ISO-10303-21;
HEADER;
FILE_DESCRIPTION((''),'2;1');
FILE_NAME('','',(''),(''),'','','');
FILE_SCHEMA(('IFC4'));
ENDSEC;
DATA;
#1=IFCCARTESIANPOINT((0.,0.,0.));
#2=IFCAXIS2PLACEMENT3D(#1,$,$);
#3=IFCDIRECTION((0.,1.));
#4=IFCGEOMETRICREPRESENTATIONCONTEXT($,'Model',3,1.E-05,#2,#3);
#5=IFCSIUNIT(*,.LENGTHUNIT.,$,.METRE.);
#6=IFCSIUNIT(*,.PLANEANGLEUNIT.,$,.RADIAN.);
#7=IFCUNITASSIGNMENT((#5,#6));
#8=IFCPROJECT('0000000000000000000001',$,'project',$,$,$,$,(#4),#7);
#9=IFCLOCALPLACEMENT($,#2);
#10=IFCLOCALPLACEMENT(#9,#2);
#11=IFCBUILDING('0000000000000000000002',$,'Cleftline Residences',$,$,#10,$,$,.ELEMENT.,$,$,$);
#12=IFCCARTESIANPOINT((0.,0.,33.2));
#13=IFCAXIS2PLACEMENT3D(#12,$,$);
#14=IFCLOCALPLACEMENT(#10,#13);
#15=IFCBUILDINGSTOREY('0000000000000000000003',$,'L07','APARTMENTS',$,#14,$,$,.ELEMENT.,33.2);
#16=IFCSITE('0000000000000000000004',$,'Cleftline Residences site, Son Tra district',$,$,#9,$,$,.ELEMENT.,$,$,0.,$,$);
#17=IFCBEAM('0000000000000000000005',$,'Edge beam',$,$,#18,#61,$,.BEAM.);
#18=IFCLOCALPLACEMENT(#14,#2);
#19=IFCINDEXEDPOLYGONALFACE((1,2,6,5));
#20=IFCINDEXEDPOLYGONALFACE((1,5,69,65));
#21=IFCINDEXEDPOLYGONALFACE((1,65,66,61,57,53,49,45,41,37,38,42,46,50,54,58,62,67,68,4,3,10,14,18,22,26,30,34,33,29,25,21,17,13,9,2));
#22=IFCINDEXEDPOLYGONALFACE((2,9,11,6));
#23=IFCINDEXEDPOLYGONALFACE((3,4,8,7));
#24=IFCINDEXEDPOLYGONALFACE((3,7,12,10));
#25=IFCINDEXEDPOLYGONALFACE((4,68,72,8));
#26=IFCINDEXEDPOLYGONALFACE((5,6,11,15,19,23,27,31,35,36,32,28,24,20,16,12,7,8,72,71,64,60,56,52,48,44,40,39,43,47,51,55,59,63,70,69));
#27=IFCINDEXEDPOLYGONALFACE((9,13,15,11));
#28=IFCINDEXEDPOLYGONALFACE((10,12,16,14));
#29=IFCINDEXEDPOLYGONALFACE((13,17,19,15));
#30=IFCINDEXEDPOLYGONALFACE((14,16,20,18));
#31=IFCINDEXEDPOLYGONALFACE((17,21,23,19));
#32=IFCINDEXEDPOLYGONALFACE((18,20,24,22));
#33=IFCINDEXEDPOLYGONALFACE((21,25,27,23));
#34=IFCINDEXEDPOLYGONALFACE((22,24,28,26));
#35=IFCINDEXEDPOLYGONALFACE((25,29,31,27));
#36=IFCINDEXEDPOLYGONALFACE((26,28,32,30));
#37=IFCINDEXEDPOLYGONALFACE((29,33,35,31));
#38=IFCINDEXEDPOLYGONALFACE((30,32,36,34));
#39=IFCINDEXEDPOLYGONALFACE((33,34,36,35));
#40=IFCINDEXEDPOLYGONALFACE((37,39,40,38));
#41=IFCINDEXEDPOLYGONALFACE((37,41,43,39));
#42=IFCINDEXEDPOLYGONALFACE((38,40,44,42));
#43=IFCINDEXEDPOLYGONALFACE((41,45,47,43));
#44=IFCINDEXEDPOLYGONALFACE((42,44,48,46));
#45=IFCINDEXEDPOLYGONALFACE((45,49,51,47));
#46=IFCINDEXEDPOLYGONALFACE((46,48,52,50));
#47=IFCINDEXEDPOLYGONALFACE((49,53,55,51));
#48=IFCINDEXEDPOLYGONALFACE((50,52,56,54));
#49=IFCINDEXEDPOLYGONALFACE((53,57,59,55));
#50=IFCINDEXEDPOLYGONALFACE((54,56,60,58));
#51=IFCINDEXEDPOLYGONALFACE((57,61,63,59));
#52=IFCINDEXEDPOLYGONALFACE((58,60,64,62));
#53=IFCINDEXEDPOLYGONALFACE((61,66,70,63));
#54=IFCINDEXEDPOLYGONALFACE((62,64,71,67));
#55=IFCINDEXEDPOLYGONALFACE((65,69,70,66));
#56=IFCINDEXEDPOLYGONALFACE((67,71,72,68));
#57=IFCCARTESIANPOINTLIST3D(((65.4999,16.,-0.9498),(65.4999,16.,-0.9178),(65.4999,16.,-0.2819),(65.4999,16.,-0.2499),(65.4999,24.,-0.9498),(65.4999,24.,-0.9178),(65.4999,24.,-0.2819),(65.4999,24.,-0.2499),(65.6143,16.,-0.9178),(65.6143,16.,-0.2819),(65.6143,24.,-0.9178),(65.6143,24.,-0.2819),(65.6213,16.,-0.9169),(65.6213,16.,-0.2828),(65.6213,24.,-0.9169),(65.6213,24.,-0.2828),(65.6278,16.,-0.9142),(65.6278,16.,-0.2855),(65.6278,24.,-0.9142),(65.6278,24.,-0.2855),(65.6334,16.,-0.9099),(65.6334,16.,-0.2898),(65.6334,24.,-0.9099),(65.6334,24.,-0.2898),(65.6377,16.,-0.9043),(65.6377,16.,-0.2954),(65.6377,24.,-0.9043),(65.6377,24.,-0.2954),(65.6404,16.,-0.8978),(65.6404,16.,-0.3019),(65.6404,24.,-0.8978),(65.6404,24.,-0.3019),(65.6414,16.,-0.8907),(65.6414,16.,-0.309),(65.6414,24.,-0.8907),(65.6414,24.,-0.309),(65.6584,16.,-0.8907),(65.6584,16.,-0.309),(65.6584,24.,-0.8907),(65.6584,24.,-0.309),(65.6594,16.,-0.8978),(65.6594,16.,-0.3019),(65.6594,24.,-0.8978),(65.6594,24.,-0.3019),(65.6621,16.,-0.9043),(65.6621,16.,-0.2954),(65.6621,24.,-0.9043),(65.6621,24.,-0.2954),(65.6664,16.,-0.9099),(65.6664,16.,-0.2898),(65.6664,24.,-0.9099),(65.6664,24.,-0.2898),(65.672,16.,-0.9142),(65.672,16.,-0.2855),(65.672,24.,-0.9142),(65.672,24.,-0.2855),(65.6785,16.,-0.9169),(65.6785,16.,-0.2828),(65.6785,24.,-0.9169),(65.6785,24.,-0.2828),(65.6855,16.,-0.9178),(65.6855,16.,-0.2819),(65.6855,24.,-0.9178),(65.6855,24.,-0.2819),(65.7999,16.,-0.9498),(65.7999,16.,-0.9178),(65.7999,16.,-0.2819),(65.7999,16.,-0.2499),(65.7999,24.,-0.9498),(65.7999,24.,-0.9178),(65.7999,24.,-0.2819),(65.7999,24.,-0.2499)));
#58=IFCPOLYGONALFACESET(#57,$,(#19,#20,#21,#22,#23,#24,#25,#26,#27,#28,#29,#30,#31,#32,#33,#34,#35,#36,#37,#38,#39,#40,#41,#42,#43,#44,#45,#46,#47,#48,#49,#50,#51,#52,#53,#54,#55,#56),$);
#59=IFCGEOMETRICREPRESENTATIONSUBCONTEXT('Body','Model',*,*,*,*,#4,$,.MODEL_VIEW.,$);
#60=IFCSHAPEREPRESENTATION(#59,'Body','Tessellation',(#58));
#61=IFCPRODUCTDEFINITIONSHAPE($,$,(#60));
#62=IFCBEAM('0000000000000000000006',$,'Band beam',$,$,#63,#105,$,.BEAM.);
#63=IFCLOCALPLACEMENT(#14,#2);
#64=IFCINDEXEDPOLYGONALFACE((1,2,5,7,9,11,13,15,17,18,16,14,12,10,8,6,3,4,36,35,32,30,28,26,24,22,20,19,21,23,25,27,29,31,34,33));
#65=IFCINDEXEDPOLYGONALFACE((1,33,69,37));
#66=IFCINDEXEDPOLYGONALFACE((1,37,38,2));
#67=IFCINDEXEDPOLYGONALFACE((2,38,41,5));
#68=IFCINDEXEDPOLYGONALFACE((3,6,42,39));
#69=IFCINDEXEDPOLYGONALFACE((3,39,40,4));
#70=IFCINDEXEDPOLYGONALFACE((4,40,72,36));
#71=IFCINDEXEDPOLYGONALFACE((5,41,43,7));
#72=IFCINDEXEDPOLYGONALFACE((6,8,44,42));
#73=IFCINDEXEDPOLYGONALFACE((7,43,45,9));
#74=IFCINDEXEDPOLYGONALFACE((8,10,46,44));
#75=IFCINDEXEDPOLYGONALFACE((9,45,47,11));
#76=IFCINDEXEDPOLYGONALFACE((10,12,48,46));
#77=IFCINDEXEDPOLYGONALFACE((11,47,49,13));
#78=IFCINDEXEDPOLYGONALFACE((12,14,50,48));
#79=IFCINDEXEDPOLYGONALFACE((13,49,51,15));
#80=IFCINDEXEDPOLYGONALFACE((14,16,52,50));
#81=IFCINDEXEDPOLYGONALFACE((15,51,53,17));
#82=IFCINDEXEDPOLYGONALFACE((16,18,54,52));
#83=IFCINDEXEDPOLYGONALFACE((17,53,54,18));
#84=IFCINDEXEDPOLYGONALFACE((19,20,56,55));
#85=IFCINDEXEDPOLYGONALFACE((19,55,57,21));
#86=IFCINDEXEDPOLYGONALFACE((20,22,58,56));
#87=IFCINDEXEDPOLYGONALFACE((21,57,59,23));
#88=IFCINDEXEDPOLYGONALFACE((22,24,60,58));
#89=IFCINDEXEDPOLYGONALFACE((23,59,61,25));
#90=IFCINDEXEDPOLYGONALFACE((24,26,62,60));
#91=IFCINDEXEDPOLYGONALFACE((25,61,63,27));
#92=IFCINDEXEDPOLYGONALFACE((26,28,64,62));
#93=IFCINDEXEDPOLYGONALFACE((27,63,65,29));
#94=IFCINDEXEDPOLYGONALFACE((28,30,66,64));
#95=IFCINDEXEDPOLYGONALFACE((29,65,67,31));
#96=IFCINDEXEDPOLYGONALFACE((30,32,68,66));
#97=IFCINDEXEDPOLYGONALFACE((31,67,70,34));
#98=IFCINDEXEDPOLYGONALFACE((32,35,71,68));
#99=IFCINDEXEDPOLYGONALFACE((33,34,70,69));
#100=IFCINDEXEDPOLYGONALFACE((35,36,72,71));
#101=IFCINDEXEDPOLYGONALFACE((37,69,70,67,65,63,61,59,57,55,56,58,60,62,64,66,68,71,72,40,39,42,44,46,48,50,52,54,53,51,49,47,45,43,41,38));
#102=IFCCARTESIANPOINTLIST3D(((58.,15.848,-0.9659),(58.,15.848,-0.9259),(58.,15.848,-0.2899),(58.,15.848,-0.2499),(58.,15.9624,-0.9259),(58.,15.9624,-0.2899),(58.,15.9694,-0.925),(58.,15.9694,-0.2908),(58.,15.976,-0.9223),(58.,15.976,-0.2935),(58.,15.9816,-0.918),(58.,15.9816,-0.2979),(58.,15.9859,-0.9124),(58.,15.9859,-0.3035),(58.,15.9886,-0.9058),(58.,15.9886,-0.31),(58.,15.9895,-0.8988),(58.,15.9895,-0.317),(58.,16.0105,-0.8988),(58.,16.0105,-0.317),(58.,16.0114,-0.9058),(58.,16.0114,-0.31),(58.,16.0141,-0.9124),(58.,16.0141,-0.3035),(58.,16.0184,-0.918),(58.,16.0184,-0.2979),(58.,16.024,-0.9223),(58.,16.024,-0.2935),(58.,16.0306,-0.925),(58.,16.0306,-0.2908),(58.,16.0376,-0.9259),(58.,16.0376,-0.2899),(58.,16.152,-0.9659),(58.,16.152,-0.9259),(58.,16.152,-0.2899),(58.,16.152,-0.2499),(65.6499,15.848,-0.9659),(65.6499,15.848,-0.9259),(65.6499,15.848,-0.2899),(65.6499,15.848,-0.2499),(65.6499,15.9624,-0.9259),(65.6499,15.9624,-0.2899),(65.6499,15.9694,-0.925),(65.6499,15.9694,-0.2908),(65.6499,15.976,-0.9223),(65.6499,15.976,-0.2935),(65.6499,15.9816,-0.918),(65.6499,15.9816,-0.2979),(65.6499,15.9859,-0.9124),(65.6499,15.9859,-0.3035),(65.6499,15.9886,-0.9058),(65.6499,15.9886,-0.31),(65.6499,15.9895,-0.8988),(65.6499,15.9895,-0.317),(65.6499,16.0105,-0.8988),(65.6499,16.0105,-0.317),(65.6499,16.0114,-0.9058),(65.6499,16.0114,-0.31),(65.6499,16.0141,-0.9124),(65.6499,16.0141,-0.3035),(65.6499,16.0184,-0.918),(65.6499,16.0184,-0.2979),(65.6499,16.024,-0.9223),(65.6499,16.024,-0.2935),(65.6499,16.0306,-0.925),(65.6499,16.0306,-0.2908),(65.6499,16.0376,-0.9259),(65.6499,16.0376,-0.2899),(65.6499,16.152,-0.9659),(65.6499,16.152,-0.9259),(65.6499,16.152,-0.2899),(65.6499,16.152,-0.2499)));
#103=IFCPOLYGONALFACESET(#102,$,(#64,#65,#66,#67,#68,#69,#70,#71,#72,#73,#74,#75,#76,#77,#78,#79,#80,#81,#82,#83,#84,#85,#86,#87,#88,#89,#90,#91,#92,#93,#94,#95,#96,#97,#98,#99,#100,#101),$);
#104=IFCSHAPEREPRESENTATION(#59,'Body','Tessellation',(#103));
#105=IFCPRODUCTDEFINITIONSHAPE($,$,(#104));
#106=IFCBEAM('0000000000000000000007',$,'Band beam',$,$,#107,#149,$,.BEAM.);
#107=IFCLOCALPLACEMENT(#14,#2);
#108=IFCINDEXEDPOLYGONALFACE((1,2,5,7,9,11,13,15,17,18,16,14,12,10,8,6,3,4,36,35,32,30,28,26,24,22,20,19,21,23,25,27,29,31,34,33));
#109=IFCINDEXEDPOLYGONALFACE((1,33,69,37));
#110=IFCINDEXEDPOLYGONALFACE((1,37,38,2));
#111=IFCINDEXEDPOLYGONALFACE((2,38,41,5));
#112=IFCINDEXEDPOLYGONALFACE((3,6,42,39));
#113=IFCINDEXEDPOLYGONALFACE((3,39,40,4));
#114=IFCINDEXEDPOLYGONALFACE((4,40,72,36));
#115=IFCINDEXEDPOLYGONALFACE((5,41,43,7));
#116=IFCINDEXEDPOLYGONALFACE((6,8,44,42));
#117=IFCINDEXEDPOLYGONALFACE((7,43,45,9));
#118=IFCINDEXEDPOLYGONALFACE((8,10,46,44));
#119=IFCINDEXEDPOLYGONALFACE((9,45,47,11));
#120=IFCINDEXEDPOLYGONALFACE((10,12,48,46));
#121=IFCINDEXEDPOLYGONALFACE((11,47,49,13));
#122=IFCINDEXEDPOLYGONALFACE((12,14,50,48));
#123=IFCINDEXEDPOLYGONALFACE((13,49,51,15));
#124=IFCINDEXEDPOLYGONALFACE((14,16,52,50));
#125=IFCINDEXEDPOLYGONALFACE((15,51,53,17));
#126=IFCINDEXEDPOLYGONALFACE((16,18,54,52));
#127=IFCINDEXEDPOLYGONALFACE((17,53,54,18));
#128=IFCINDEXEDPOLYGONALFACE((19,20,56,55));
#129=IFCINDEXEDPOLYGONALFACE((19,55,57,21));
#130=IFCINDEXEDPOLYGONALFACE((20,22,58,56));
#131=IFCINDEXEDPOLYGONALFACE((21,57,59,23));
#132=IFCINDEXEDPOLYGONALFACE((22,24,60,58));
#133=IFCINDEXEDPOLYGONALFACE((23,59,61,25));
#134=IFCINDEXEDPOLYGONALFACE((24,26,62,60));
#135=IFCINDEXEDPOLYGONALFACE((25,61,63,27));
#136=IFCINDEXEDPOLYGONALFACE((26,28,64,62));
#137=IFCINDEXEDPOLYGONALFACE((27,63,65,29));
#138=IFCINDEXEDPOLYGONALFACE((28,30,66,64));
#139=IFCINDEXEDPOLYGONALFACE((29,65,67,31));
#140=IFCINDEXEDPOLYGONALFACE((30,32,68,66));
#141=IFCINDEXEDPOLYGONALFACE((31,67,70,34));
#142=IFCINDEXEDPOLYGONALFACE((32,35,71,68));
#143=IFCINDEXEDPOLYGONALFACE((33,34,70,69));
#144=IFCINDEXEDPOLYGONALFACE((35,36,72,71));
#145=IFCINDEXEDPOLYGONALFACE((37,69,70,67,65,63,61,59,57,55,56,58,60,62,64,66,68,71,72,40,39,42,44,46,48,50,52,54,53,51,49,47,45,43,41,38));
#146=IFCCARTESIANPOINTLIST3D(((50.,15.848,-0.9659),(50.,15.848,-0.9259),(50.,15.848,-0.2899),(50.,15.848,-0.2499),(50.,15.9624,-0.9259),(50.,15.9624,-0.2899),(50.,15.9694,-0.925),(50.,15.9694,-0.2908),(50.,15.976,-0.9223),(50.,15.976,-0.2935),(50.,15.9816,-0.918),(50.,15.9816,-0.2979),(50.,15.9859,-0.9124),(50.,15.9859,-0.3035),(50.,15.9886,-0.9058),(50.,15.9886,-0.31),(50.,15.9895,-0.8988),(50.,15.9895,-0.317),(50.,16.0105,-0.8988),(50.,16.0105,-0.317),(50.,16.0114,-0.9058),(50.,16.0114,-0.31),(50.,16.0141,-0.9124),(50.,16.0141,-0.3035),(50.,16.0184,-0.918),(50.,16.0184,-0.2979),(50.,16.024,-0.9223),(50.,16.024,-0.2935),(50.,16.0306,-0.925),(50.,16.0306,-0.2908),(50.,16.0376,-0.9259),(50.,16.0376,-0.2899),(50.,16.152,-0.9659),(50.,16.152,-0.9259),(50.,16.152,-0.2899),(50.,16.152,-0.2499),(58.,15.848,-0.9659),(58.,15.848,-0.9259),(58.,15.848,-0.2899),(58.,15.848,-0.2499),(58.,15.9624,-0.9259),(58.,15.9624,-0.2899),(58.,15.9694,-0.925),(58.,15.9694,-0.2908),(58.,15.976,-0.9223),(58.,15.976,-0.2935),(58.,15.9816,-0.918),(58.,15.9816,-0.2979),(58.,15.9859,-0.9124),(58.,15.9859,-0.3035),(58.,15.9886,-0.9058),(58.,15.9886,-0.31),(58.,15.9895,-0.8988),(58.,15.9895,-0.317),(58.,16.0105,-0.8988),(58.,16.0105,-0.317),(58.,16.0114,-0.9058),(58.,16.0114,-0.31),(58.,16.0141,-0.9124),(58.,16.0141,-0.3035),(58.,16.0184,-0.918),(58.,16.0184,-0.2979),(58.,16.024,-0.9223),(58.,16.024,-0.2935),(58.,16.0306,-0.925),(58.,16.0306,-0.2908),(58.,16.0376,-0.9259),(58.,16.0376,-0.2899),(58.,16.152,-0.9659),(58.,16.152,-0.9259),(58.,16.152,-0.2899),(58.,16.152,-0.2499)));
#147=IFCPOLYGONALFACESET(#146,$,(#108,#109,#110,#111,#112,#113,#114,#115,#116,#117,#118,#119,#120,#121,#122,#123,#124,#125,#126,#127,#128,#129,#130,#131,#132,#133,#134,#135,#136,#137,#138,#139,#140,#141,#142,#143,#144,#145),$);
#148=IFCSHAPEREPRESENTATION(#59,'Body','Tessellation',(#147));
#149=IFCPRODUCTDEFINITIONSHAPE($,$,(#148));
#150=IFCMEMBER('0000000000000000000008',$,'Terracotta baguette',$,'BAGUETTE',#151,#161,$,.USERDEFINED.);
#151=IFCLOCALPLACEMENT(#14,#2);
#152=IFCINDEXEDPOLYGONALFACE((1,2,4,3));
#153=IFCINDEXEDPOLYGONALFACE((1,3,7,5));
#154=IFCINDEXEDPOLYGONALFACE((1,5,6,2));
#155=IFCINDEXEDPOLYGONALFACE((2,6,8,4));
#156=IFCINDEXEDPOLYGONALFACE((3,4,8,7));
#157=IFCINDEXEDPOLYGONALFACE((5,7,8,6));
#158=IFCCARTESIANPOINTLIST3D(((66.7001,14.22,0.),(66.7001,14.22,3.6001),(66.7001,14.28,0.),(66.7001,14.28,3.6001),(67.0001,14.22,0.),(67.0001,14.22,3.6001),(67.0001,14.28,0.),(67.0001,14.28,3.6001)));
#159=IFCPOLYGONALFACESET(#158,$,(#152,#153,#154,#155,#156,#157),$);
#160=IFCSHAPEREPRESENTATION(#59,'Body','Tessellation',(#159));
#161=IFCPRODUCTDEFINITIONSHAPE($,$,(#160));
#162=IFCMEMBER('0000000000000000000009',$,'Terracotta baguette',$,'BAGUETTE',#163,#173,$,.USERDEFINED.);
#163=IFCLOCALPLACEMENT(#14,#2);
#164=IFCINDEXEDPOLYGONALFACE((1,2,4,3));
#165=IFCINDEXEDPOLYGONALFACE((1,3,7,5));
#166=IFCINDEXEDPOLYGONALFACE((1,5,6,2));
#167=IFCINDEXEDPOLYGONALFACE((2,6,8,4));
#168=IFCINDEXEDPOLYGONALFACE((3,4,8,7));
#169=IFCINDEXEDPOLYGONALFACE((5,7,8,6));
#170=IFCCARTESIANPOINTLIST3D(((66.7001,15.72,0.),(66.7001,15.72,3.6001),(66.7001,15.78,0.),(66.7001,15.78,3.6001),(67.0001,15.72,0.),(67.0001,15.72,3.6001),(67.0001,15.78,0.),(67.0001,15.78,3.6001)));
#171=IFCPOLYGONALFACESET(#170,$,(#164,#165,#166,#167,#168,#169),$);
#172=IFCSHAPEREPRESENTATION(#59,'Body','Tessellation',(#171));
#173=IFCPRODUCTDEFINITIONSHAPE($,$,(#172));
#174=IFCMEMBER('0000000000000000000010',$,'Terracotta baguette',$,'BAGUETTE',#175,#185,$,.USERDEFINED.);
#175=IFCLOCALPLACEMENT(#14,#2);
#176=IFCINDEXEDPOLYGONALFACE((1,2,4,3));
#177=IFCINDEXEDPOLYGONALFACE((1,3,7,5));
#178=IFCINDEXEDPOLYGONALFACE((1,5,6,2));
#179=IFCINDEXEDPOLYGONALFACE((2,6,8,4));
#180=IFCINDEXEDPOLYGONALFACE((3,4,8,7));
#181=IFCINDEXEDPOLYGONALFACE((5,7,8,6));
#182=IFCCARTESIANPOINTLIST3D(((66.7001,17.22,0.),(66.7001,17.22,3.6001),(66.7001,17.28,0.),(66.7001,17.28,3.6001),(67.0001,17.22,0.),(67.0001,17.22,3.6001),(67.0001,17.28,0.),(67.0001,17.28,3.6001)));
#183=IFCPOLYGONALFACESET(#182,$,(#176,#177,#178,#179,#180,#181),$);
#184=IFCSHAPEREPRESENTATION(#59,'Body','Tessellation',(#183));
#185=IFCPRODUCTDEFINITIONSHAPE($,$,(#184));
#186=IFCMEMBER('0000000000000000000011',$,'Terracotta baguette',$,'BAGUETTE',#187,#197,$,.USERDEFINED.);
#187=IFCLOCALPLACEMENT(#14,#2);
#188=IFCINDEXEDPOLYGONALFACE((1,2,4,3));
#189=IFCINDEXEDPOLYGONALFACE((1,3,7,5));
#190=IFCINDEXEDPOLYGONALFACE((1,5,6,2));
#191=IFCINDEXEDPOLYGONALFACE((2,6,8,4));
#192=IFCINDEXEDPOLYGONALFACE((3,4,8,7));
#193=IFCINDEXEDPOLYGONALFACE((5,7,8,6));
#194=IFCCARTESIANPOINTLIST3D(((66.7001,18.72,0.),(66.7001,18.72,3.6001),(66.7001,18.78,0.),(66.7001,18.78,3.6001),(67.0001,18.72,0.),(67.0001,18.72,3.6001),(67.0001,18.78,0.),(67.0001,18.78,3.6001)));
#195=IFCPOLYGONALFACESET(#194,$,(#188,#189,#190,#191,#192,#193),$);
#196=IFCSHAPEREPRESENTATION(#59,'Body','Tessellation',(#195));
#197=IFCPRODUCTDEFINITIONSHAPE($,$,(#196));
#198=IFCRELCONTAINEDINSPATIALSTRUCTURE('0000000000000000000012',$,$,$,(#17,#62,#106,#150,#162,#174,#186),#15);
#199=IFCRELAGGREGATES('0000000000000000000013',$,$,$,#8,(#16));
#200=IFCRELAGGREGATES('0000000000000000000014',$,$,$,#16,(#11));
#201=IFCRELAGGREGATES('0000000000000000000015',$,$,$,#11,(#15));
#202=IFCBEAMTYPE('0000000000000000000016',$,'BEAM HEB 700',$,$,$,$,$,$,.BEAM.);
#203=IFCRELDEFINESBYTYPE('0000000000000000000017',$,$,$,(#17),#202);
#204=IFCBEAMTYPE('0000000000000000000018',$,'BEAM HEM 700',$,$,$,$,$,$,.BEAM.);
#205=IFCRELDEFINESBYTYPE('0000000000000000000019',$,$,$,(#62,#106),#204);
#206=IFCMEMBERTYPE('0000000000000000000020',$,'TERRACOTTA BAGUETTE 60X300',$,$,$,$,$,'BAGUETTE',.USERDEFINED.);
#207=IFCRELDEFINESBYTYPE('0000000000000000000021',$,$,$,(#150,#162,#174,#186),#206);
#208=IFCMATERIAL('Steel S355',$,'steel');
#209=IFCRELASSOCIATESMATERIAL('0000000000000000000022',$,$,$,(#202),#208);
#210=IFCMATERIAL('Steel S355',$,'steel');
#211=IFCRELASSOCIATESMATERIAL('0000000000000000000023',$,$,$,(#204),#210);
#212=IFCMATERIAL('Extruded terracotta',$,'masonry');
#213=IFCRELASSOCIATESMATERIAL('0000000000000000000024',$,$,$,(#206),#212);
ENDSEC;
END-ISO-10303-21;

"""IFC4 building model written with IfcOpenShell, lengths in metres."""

from ifc_helpers import new_model, si_unit, direction, frame, origin, origin_2d, place, context, subcontext, project, spatial, rectangle, i_section, extrude, material, material_profile, profile_set, type_object, element, save


model = new_model("IFC4")

# Units and contexts
model_context = context("Model", 3, precision=1e-05, world=origin(), true_north=direction((0.0, 1.0)))
body_context = subcontext(model_context, "Body", "Model", "MODEL_VIEW")
ifc_project = project(units=[si_unit("LENGTHUNIT", "METRE"), si_unit("PLANEANGLEUNIT", "RADIAN")], contexts=[model_context])

# Site, building, storey
site_placement = place(None, origin())
site = spatial("IfcSite", under=ifc_project, at=site_placement, Name="Cleftline Residences site, Son Tra district", CompositionType="ELEMENT", RefElevation=0.0)
building_placement = place(site_placement, origin())
building = spatial("IfcBuilding", under=site, at=building_placement, Name="Cleftline Residences", CompositionType="ELEMENT")
storey_placement = place(building_placement, frame((0.0, 0.0, 33.2)))
storey = spatial("IfcBuildingStorey", under=building, at=storey_placement, Name="L07", Description="APARTMENTS", CompositionType="ELEMENT", Elevation=33.2)

# Beams
ifc_material_1 = material(Name="Steel S355", Category="steel")
ifc_material_profile_1 = material_profile(ifc_material_1, i_section(OverallWidth=0.3, OverallDepth=0.7, WebThickness=0.0171, FlangeThickness=0.032, FilletRadius=0.0271, at=origin_2d()))
ifc_profile_set_1 = profile_set([ifc_material_profile_1], Name="Steel S355")
beam_type_1 = type_object("IfcBeamType", Name="BEAM HEB 700", PredefinedType="BEAM", material=ifc_profile_set_1)
beam_1_placement = place(storey_placement, frame((65.6499, 16.0, -0.5999), z_axis=(0.0, 1.0, 0.0), x_axis=(-1.0, 0.0, 0.0)))
element("IfcBeam", 1, at=beam_1_placement, inside=storey, type_object=beam_type_1, Name="Edge beam", PredefinedType="BEAM", context=body_context, shape_type="SweptSolid", body=[
    extrude(i_section(OverallWidth=0.3, OverallDepth=0.7, WebThickness=0.0171, FlangeThickness=0.032, FilletRadius=0.0271, at=origin_2d()), origin(), (0.0, 0.0, 1.0), 8.0),
])
ifc_material_2 = material(Name="Steel S355", Category="steel")
ifc_material_profile_2 = material_profile(ifc_material_2, i_section(OverallWidth=0.304, OverallDepth=0.7161, WebThickness=0.021, FlangeThickness=0.04, FilletRadius=0.0271, at=origin_2d()))
ifc_profile_set_2 = profile_set([ifc_material_profile_2], Name="Steel S355")
beam_type_2 = type_object("IfcBeamType", Name="BEAM HEM 700", PredefinedType="BEAM", material=ifc_profile_set_2)
beam_2_placement = place(storey_placement, frame((65.6499, 16.0, -0.6079), z_axis=(-1.0, 0.0, 0.0), x_axis=(0.0, -1.0, 0.0)))
element("IfcBeam", 2, at=beam_2_placement, inside=storey, type_object=beam_type_2, Name="Band beam", PredefinedType="BEAM", context=body_context, shape_type="SweptSolid", body=[
    extrude(i_section(OverallWidth=0.304, OverallDepth=0.7161, WebThickness=0.021, FlangeThickness=0.04, FilletRadius=0.0271, at=origin_2d()), origin(), (0.0, 0.0, 1.0), 7.6499),
])
beam_3_placement = place(storey_placement, frame((58.0, 16.0, -0.6079), z_axis=(-1.0, 0.0, 0.0), x_axis=(0.0, -1.0, 0.0)))
element("IfcBeam", 3, at=beam_3_placement, inside=storey, type_object=beam_type_2, Name="Band beam", PredefinedType="BEAM", context=body_context, shape_type="SweptSolid", body=[
    extrude(i_section(OverallWidth=0.304, OverallDepth=0.7161, WebThickness=0.021, FlangeThickness=0.04, FilletRadius=0.0271, at=origin_2d()), origin(), (0.0, 0.0, 1.0), 8.0),
])

# Members
ifc_material_3 = material(Name="Extruded terracotta", Category="masonry")
ifc_material_profile_3 = material_profile(ifc_material_3, rectangle(XDim=0.0601, YDim=0.3, at=origin_2d()))
ifc_profile_set_3 = profile_set([ifc_material_profile_3], Name="Extruded terracotta")
member_type_1 = type_object("IfcMemberType", Name="TERRACOTTA BAGUETTE 60X300", ElementType="BAGUETTE", PredefinedType="USERDEFINED", material=ifc_profile_set_3)
for number, where, z_axis, x_axis, name in (
    (4, (66.8501, 14.25, 0.0), (0.0, 0.0, 1.0), (0.0, 1.0, 0.0), "Terracotta baguette"),
    (5, (66.8501, 15.75, 0.0), (0.0, 0.0, 1.0), (0.0, 1.0, 0.0), "Terracotta baguette"),
    (6, (66.8501, 17.25, 0.0), (0.0, 0.0, 1.0), (0.0, 1.0, 0.0), "Terracotta baguette"),
    (7, (66.8501, 18.75, 0.0), (0.0, 0.0, 1.0), (0.0, 1.0, 0.0), "Terracotta baguette"),
):
    element("IfcMember", number, at=place(storey_placement, frame(where, z_axis=z_axis, x_axis=x_axis)), inside=storey, type_object=member_type_1, Name=name, ObjectType="BAGUETTE", PredefinedType="USERDEFINED", context=body_context, shape_type="SweptSolid", body=[
        extrude(rectangle(XDim=0.0601, YDim=0.3, at=origin_2d()), origin(), (0.0, 0.0, 1.0), 3.6001),
    ])

save(model, "model.ifc")
